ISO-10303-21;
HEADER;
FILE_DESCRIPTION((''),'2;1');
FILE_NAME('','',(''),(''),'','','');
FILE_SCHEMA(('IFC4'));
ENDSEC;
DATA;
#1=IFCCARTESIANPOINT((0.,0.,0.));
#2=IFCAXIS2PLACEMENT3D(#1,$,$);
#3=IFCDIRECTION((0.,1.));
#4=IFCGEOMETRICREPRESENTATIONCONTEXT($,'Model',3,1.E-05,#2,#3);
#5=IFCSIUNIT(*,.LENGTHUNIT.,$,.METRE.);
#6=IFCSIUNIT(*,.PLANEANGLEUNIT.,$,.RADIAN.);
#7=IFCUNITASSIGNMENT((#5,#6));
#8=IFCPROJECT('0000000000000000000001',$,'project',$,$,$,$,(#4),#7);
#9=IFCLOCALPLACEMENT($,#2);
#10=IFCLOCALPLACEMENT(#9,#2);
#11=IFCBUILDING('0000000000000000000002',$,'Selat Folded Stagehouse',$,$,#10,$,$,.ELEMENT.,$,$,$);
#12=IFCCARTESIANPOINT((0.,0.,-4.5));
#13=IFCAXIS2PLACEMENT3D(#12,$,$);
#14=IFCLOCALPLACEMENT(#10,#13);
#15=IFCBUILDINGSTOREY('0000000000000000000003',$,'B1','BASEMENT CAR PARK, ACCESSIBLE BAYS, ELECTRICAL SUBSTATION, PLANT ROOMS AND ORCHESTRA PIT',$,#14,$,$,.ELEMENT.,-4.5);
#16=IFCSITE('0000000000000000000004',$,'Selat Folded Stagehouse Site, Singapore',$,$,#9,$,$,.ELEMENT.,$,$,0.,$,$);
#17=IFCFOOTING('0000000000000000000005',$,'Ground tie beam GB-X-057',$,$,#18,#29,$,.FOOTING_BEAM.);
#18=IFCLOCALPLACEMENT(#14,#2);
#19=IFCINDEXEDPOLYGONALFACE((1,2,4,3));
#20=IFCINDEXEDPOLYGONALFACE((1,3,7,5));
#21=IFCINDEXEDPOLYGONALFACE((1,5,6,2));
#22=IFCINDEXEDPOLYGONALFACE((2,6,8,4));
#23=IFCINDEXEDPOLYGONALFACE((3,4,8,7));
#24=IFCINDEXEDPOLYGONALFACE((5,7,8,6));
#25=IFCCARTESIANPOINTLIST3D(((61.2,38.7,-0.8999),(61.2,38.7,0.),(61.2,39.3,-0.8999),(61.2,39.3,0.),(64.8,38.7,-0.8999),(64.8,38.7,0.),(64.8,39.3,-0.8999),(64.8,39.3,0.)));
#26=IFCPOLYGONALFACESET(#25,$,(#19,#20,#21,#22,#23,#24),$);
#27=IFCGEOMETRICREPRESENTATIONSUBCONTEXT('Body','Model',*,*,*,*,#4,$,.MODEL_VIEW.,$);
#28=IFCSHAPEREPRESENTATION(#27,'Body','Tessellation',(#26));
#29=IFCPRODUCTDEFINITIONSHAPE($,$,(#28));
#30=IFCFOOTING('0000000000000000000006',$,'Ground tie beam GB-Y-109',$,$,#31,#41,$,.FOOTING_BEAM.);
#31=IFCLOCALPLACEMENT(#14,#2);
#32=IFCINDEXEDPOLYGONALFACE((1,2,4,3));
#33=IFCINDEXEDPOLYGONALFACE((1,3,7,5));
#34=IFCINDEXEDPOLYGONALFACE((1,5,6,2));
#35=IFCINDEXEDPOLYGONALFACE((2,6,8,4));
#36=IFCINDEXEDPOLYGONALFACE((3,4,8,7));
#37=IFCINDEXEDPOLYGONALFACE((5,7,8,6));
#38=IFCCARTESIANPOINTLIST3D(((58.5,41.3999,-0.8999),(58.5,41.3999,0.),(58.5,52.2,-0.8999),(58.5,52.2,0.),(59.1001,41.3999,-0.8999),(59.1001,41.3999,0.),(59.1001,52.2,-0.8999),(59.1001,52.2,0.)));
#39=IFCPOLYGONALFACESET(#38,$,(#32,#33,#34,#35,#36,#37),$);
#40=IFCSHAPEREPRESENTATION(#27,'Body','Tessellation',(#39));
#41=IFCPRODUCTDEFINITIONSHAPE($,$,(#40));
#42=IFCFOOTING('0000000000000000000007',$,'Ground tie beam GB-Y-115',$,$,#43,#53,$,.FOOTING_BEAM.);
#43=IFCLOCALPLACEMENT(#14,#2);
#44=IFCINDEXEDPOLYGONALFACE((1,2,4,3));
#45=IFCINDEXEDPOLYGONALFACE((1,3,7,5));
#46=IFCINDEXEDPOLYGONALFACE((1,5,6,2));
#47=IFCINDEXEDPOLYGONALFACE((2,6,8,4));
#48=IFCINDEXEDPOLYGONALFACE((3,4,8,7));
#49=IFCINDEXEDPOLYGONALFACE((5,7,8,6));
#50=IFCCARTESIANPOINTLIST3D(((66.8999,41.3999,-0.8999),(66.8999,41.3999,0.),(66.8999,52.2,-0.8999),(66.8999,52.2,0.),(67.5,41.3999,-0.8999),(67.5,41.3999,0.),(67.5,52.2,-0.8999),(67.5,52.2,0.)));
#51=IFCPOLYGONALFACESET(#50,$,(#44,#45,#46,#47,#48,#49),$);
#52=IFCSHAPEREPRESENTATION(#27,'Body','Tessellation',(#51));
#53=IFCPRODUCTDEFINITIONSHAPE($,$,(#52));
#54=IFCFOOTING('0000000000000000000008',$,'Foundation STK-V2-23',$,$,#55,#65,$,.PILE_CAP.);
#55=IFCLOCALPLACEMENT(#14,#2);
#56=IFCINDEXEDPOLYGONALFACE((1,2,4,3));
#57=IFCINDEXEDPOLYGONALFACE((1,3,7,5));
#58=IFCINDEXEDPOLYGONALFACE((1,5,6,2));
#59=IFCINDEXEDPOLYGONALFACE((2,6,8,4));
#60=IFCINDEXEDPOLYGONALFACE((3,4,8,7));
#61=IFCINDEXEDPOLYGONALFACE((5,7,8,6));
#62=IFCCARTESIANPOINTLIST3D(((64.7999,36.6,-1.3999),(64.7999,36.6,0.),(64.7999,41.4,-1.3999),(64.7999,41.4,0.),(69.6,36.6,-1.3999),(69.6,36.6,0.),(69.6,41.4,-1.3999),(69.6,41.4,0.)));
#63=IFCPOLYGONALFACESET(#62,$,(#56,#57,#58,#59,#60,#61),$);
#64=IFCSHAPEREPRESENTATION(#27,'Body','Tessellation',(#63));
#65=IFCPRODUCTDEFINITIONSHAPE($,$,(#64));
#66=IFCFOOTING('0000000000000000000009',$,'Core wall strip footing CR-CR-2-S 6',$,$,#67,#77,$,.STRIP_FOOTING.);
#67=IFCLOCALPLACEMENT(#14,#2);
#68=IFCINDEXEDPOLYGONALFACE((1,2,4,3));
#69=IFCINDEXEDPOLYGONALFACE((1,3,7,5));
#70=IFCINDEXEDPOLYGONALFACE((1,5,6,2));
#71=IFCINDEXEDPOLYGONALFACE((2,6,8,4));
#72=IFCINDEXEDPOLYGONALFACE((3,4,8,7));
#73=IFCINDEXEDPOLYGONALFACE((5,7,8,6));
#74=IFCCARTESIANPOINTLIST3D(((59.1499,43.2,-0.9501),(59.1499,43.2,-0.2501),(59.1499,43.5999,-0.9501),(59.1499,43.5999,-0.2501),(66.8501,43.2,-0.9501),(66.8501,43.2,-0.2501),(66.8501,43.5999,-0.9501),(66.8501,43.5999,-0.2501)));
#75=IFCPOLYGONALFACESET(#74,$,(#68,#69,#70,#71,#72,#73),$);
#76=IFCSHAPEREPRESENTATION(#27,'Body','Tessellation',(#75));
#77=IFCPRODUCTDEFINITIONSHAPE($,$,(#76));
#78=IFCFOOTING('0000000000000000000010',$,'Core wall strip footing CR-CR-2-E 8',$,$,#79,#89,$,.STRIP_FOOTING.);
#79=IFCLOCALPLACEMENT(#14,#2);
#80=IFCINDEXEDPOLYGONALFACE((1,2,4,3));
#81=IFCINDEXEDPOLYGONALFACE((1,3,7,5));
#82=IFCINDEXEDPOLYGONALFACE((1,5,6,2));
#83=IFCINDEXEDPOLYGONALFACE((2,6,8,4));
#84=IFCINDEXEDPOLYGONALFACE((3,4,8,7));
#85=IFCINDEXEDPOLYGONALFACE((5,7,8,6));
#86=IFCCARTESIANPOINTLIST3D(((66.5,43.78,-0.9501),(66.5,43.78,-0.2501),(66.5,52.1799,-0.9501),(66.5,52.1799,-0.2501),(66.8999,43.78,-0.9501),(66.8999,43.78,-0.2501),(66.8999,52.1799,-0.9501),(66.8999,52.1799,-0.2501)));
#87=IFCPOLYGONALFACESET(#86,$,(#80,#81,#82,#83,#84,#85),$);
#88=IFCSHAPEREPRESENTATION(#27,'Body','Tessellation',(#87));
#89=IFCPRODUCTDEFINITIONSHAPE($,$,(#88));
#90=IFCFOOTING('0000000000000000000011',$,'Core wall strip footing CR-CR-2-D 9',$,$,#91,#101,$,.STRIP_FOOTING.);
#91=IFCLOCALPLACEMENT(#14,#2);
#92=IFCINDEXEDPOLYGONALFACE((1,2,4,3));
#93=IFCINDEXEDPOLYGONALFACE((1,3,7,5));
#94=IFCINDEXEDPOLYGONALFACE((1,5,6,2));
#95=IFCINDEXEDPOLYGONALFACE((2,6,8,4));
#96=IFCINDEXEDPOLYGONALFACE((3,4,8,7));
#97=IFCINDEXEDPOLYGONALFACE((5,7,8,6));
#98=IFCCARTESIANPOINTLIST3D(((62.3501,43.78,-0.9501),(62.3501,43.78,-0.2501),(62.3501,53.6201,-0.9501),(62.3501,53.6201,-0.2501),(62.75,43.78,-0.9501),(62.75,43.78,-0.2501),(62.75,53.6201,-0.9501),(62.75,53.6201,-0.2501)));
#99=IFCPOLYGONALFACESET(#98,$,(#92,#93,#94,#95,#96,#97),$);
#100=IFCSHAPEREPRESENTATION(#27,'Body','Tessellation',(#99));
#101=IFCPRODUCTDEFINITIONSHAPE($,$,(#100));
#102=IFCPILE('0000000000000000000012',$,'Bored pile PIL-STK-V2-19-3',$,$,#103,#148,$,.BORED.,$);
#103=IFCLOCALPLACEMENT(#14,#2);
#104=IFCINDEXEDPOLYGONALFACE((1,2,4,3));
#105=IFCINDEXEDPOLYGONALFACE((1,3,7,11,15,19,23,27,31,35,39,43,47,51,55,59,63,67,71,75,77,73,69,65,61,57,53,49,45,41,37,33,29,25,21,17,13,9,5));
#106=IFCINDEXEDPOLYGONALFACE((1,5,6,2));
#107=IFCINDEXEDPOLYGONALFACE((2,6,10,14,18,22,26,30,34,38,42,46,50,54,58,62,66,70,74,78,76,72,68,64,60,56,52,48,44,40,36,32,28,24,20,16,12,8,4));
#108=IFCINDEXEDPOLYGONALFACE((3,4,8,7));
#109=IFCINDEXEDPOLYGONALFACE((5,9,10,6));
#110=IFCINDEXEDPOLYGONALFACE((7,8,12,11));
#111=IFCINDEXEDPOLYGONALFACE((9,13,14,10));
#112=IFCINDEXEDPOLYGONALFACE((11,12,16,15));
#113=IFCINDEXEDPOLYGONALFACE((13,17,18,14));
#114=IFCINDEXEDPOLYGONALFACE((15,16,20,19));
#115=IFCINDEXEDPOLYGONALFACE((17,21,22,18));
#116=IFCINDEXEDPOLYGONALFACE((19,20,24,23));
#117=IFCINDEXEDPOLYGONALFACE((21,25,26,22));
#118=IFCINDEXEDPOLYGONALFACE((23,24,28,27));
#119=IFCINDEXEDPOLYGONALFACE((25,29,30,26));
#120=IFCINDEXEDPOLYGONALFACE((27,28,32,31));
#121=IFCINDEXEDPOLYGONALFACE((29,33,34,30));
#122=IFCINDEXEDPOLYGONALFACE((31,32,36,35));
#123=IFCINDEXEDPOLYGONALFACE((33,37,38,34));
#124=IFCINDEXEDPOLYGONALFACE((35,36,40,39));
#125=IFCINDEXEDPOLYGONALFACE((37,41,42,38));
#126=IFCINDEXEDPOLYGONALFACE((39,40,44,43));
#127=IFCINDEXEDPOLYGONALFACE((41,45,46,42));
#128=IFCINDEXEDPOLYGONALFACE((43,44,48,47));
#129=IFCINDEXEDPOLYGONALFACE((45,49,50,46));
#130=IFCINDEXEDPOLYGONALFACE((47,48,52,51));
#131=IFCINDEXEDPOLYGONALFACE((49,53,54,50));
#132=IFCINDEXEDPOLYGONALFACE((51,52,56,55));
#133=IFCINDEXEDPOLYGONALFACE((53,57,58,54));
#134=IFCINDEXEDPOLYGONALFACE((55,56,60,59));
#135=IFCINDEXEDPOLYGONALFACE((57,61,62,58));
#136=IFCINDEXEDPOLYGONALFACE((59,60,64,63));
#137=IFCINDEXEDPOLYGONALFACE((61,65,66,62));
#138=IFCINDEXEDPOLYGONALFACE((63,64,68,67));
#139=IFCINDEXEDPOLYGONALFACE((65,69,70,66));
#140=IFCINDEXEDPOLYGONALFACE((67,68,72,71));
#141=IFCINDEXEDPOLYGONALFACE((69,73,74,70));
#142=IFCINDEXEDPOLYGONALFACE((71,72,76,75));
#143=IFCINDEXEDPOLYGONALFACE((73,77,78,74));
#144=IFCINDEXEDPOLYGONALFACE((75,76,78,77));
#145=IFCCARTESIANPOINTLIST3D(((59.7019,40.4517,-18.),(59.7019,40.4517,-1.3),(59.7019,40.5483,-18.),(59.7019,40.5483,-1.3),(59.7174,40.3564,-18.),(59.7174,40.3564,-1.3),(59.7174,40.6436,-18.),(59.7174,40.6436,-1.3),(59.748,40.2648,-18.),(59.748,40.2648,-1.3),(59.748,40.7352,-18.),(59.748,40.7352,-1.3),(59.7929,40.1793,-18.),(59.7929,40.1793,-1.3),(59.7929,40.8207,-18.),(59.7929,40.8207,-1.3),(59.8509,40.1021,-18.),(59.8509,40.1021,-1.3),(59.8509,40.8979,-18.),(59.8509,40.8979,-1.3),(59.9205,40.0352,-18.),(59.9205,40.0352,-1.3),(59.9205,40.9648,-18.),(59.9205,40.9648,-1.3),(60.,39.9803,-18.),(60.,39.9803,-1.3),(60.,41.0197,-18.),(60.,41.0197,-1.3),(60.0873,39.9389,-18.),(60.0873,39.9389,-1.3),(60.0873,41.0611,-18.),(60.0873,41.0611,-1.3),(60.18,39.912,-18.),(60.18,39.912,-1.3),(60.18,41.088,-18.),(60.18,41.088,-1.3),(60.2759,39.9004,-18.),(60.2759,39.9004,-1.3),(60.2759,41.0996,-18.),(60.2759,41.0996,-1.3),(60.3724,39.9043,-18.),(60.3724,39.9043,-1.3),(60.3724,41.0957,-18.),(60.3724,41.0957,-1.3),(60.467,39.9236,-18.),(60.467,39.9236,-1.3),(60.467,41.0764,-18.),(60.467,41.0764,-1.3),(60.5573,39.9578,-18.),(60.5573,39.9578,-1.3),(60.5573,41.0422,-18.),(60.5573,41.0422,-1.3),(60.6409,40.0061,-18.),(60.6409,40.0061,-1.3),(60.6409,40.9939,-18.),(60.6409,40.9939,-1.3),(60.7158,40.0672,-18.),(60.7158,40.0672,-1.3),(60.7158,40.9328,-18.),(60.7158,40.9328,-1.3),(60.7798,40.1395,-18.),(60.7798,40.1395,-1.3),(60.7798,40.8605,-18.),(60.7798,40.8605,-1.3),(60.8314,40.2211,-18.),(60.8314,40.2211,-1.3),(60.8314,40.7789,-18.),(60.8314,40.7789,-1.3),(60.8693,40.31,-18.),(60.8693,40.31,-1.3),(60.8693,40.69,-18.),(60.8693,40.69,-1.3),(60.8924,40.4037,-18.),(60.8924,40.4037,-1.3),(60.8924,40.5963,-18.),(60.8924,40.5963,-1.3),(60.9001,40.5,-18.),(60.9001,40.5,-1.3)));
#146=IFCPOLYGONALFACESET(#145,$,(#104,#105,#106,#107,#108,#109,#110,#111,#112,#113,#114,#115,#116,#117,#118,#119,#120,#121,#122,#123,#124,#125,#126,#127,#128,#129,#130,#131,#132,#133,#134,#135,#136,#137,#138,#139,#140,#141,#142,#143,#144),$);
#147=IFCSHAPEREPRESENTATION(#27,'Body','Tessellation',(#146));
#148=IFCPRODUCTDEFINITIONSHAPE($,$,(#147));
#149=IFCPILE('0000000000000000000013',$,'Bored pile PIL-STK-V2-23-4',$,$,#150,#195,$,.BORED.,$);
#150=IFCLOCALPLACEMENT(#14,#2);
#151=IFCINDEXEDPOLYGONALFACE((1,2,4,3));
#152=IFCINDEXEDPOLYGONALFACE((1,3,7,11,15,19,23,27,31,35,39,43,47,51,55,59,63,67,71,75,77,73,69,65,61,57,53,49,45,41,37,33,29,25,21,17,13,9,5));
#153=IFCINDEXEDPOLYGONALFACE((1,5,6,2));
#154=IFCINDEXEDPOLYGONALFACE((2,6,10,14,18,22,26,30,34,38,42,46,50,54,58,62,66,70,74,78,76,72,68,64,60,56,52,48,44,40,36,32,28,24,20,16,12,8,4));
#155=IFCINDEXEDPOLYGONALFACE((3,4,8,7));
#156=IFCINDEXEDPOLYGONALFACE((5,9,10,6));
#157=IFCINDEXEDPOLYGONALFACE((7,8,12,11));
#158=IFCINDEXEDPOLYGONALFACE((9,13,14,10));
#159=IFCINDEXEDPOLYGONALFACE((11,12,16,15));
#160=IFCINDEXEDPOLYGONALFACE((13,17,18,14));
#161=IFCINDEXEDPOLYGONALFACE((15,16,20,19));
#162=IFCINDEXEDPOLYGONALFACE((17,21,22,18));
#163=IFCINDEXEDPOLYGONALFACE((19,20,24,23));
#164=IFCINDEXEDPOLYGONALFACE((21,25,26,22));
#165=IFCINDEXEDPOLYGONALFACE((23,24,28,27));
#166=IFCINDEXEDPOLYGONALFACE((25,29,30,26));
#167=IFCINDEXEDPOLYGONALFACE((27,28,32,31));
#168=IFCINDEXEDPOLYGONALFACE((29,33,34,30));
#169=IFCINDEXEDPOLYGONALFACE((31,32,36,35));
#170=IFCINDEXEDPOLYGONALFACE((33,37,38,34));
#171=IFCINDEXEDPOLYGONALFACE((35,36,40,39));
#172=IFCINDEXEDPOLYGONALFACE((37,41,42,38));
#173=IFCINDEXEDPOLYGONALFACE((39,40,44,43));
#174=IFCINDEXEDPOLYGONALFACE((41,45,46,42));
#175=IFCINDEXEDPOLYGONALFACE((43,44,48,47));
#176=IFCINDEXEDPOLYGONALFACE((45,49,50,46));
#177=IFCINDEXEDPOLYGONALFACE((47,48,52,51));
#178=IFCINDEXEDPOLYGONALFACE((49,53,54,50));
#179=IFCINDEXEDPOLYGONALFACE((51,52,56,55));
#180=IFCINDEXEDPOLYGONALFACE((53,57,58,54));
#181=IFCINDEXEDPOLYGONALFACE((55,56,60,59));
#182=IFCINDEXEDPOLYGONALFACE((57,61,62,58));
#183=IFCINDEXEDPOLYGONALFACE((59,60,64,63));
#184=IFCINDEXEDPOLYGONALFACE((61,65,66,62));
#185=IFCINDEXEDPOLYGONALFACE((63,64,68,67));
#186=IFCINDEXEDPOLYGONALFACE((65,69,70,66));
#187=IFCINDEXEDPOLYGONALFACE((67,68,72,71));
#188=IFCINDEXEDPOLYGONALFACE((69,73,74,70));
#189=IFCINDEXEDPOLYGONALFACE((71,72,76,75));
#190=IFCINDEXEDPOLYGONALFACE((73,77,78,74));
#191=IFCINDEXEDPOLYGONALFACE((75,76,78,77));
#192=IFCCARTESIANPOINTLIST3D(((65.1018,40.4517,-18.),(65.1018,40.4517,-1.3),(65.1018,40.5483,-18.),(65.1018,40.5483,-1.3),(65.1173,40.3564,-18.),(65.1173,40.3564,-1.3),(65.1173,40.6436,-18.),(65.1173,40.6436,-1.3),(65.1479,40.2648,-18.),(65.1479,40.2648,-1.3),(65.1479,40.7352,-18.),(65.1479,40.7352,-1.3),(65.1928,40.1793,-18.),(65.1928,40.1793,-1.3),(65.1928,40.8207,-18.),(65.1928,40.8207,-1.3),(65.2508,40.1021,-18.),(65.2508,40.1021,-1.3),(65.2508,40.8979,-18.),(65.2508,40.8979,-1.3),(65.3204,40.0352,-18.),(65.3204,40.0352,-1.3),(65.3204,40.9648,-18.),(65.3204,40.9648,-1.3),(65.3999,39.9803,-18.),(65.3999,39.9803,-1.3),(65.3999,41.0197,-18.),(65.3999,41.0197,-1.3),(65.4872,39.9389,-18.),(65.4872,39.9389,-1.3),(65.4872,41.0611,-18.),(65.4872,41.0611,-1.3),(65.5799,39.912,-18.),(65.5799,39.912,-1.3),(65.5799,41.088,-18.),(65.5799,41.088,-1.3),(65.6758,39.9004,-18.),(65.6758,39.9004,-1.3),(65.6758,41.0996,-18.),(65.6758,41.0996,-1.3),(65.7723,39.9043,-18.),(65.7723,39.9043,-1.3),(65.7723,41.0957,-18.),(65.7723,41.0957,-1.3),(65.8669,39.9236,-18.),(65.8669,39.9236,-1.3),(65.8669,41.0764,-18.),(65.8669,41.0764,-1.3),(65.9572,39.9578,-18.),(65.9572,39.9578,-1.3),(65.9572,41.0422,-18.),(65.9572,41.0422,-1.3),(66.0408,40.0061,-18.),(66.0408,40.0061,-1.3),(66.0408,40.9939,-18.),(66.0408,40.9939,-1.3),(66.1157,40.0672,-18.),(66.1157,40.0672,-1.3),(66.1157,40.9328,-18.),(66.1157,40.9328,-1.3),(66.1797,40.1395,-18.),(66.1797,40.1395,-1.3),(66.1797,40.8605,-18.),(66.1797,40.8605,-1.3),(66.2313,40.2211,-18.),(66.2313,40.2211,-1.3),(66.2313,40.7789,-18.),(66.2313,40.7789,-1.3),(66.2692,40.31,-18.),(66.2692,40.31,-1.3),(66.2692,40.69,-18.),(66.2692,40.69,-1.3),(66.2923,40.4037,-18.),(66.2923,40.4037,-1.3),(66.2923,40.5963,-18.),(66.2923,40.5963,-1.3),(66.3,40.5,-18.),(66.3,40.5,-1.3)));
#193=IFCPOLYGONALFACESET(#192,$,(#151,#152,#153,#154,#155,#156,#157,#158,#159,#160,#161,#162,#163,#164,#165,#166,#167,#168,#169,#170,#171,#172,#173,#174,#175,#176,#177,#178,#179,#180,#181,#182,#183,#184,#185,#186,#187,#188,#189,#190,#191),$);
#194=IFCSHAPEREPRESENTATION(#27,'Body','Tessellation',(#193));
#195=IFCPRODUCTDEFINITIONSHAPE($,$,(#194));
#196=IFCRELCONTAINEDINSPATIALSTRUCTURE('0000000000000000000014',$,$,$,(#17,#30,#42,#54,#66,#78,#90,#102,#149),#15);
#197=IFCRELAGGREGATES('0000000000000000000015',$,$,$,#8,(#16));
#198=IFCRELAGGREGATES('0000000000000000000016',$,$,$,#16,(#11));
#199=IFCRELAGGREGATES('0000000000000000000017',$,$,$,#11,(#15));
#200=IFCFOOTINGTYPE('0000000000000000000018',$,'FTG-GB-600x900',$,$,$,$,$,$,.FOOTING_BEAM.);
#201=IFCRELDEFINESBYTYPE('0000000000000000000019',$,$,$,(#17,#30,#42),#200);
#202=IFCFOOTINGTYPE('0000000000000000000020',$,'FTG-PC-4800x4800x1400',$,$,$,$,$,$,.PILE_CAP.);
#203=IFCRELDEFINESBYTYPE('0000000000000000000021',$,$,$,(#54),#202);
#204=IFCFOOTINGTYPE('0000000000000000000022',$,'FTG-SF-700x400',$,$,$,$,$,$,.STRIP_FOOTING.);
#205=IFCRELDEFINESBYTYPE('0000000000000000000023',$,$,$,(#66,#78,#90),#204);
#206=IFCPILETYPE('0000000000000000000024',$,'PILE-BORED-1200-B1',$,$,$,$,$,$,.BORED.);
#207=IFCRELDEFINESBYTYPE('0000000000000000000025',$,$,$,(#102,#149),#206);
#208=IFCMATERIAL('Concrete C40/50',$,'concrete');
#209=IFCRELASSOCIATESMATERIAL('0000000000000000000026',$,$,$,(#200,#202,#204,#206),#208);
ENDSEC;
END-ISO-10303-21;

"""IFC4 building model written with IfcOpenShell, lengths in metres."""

from ifc_helpers import new_model, si_unit, direction, frame, origin, origin_2d, place, context, subcontext, project, spatial, rectangle, circle, extrude, material, material_profile, profile_set, type_object, element, save


model = new_model("IFC4")

# Units and contexts
model_context = context("Model", 3, precision=1e-05, world=origin(), true_north=direction((0.0, 1.0)))
body_context = subcontext(model_context, "Body", "Model", "MODEL_VIEW")
ifc_project = project(units=[si_unit("LENGTHUNIT", "METRE"), si_unit("PLANEANGLEUNIT", "RADIAN")], contexts=[model_context])

# Site, building, storey
site_placement = place(None, origin())
site = spatial("IfcSite", under=ifc_project, at=site_placement, Name="Selat Folded Stagehouse Site, Singapore", CompositionType="ELEMENT", RefElevation=0.0)
building_placement = place(site_placement, origin())
building = spatial("IfcBuilding", under=site, at=building_placement, Name="Selat Folded Stagehouse", CompositionType="ELEMENT")
storey_placement = place(building_placement, frame((0.0, 0.0, -4.5)))
storey = spatial("IfcBuildingStorey", under=building, at=storey_placement, Name="B1", Description="BASEMENT CAR PARK, ACCESSIBLE BAYS, ELECTRICAL SUBSTATION, PLANT ROOMS AND ORCHESTRA PIT", CompositionType="ELEMENT", Elevation=-4.5)

# Footings
ifc_material_1 = material(Name="Concrete C40/50", Category="concrete")
ifc_material_profile_1 = material_profile(ifc_material_1, rectangle(XDim=0.6001, YDim=0.8999, at=origin_2d()), Name="RC 900x600")
ifc_profile_set_1 = profile_set([ifc_material_profile_1], Name="Concrete C40/50")
footing_type_1 = type_object("IfcFootingType", Name="FTG-GB-600x900", PredefinedType="FOOTING_BEAM", material=ifc_profile_set_1)
footing_1_placement = place(storey_placement, frame((61.2, 39.0, -0.45), z_axis=(1.0, 0.0, 0.0), x_axis=(0.0, 1.0, 0.0)))
element("IfcFooting", 1, at=footing_1_placement, inside=storey, type_object=footing_type_1, Name="Ground tie beam GB-X-057", PredefinedType="FOOTING_BEAM", context=body_context, shape_type="SweptSolid", body=[
    extrude(rectangle(XDim=0.6001, YDim=0.8999, at=origin_2d()), origin(), (0.0, 0.0, 1.0), 3.6001),
])
for number, where, z_axis, x_axis, name in (
    (2, (58.8, 41.3999, -0.45), (0.0, 1.0, 0.0), (-1.0, 0.0, 0.0), "Ground tie beam GB-Y-109"),
    (3, (67.2, 41.3999, -0.45), (0.0, 1.0, 0.0), (-1.0, 0.0, 0.0), "Ground tie beam GB-Y-115"),
):
    element("IfcFooting", number, at=place(storey_placement, frame(where, z_axis=z_axis, x_axis=x_axis)), inside=storey, type_object=footing_type_1, Name=name, PredefinedType="FOOTING_BEAM", context=body_context, shape_type="SweptSolid", body=[
        extrude(rectangle(XDim=0.6001, YDim=0.8999, at=origin_2d()), origin(), (0.0, 0.0, 1.0), 10.8),
    ])
footing_type_2 = type_object("IfcFootingType", Name="FTG-PC-4800x4800x1400", PredefinedType="PILE_CAP", material=ifc_material_1)
footing_2_placement = place(storey_placement, frame((67.2, 39.0, -1.3999), z_axis=(0.0, 0.0, 1.0), x_axis=(1.0, 0.0, 0.0)))
element("IfcFooting", 4, at=footing_2_placement, inside=storey, type_object=footing_type_2, Name="Foundation STK-V2-23", PredefinedType="PILE_CAP", context=body_context, shape_type="SweptSolid", body=[
    extrude(rectangle(XDim=4.8, YDim=4.8, at=origin_2d()), origin(), (0.0, 0.0, 1.0), 1.3999),
])
ifc_material_profile_2 = material_profile(ifc_material_1, rectangle(XDim=0.3999, YDim=0.7, at=origin_2d()), Name="RC 700x400")
ifc_profile_set_2 = profile_set([ifc_material_profile_2], Name="Concrete C40/50")
footing_type_3 = type_object("IfcFootingType", Name="FTG-SF-700x400", PredefinedType="STRIP_FOOTING", material=ifc_profile_set_2)
footing_3_placement = place(storey_placement, frame((59.1499, 43.3999, -0.6001), z_axis=(1.0, 0.0, 0.0), x_axis=(0.0, 1.0, 0.0)))
element("IfcFooting", 5, at=footing_3_placement, inside=storey, type_object=footing_type_3, Name="Core wall strip footing CR-CR-2-S 6", PredefinedType="STRIP_FOOTING", context=body_context, shape_type="SweptSolid", body=[
    extrude(rectangle(XDim=0.3999, YDim=0.7, at=origin_2d()), origin(), (0.0, 0.0, 1.0), 7.7002),
])
footing_4_placement = place(storey_placement, frame((66.7, 43.78, -0.6001), z_axis=(0.0, 1.0, 0.0), x_axis=(-1.0, 0.0, 0.0)))
element("IfcFooting", 6, at=footing_4_placement, inside=storey, type_object=footing_type_3, Name="Core wall strip footing CR-CR-2-E 8", PredefinedType="STRIP_FOOTING", context=body_context, shape_type="SweptSolid", body=[
    extrude(rectangle(XDim=0.3999, YDim=0.7, at=origin_2d()), origin(), (0.0, 0.0, 1.0), 8.3999),
])
footing_5_placement = place(storey_placement, frame((62.55, 43.78, -0.6001), z_axis=(0.0, 1.0, 0.0), x_axis=(-1.0, 0.0, 0.0)))
element("IfcFooting", 7, at=footing_5_placement, inside=storey, type_object=footing_type_3, Name="Core wall strip footing CR-CR-2-D 9", PredefinedType="STRIP_FOOTING", context=body_context, shape_type="SweptSolid", body=[
    extrude(rectangle(XDim=0.3999, YDim=0.7, at=origin_2d()), origin(), (0.0, 0.0, 1.0), 9.8401),
])

# Piles
ifc_material_profile_3 = material_profile(ifc_material_1, circle(Radius=0.6001, at=origin_2d()), Name="PILE D1200")
ifc_profile_set_3 = profile_set([ifc_material_profile_3], Name="Concrete C40/50")
pile_type = type_object("IfcPileType", Name="PILE-BORED-1200-B1", PredefinedType="BORED", material=ifc_profile_set_3)
for number, where, z_axis, x_axis, name in (
    (8, (60.3, 40.5, -1.3), (0.0, 0.0, -1.0), (1.0, 0.0, 0.0), "Bored pile PIL-STK-V2-19-3"),
    (9, (65.7, 40.5, -1.3), (0.0, 0.0, -1.0), (1.0, 0.0, 0.0), "Bored pile PIL-STK-V2-23-4"),
):
    element("IfcPile", number, at=place(storey_placement, frame(where, z_axis=z_axis, x_axis=x_axis)), inside=storey, type_object=pile_type, Name=name, PredefinedType="BORED", context=body_context, shape_type="SweptSolid", body=[
        extrude(circle(Radius=0.6001, at=origin_2d()), origin(), (0.0, 0.0, 1.0), 16.7),
    ])

save(model, "model.ifc")
